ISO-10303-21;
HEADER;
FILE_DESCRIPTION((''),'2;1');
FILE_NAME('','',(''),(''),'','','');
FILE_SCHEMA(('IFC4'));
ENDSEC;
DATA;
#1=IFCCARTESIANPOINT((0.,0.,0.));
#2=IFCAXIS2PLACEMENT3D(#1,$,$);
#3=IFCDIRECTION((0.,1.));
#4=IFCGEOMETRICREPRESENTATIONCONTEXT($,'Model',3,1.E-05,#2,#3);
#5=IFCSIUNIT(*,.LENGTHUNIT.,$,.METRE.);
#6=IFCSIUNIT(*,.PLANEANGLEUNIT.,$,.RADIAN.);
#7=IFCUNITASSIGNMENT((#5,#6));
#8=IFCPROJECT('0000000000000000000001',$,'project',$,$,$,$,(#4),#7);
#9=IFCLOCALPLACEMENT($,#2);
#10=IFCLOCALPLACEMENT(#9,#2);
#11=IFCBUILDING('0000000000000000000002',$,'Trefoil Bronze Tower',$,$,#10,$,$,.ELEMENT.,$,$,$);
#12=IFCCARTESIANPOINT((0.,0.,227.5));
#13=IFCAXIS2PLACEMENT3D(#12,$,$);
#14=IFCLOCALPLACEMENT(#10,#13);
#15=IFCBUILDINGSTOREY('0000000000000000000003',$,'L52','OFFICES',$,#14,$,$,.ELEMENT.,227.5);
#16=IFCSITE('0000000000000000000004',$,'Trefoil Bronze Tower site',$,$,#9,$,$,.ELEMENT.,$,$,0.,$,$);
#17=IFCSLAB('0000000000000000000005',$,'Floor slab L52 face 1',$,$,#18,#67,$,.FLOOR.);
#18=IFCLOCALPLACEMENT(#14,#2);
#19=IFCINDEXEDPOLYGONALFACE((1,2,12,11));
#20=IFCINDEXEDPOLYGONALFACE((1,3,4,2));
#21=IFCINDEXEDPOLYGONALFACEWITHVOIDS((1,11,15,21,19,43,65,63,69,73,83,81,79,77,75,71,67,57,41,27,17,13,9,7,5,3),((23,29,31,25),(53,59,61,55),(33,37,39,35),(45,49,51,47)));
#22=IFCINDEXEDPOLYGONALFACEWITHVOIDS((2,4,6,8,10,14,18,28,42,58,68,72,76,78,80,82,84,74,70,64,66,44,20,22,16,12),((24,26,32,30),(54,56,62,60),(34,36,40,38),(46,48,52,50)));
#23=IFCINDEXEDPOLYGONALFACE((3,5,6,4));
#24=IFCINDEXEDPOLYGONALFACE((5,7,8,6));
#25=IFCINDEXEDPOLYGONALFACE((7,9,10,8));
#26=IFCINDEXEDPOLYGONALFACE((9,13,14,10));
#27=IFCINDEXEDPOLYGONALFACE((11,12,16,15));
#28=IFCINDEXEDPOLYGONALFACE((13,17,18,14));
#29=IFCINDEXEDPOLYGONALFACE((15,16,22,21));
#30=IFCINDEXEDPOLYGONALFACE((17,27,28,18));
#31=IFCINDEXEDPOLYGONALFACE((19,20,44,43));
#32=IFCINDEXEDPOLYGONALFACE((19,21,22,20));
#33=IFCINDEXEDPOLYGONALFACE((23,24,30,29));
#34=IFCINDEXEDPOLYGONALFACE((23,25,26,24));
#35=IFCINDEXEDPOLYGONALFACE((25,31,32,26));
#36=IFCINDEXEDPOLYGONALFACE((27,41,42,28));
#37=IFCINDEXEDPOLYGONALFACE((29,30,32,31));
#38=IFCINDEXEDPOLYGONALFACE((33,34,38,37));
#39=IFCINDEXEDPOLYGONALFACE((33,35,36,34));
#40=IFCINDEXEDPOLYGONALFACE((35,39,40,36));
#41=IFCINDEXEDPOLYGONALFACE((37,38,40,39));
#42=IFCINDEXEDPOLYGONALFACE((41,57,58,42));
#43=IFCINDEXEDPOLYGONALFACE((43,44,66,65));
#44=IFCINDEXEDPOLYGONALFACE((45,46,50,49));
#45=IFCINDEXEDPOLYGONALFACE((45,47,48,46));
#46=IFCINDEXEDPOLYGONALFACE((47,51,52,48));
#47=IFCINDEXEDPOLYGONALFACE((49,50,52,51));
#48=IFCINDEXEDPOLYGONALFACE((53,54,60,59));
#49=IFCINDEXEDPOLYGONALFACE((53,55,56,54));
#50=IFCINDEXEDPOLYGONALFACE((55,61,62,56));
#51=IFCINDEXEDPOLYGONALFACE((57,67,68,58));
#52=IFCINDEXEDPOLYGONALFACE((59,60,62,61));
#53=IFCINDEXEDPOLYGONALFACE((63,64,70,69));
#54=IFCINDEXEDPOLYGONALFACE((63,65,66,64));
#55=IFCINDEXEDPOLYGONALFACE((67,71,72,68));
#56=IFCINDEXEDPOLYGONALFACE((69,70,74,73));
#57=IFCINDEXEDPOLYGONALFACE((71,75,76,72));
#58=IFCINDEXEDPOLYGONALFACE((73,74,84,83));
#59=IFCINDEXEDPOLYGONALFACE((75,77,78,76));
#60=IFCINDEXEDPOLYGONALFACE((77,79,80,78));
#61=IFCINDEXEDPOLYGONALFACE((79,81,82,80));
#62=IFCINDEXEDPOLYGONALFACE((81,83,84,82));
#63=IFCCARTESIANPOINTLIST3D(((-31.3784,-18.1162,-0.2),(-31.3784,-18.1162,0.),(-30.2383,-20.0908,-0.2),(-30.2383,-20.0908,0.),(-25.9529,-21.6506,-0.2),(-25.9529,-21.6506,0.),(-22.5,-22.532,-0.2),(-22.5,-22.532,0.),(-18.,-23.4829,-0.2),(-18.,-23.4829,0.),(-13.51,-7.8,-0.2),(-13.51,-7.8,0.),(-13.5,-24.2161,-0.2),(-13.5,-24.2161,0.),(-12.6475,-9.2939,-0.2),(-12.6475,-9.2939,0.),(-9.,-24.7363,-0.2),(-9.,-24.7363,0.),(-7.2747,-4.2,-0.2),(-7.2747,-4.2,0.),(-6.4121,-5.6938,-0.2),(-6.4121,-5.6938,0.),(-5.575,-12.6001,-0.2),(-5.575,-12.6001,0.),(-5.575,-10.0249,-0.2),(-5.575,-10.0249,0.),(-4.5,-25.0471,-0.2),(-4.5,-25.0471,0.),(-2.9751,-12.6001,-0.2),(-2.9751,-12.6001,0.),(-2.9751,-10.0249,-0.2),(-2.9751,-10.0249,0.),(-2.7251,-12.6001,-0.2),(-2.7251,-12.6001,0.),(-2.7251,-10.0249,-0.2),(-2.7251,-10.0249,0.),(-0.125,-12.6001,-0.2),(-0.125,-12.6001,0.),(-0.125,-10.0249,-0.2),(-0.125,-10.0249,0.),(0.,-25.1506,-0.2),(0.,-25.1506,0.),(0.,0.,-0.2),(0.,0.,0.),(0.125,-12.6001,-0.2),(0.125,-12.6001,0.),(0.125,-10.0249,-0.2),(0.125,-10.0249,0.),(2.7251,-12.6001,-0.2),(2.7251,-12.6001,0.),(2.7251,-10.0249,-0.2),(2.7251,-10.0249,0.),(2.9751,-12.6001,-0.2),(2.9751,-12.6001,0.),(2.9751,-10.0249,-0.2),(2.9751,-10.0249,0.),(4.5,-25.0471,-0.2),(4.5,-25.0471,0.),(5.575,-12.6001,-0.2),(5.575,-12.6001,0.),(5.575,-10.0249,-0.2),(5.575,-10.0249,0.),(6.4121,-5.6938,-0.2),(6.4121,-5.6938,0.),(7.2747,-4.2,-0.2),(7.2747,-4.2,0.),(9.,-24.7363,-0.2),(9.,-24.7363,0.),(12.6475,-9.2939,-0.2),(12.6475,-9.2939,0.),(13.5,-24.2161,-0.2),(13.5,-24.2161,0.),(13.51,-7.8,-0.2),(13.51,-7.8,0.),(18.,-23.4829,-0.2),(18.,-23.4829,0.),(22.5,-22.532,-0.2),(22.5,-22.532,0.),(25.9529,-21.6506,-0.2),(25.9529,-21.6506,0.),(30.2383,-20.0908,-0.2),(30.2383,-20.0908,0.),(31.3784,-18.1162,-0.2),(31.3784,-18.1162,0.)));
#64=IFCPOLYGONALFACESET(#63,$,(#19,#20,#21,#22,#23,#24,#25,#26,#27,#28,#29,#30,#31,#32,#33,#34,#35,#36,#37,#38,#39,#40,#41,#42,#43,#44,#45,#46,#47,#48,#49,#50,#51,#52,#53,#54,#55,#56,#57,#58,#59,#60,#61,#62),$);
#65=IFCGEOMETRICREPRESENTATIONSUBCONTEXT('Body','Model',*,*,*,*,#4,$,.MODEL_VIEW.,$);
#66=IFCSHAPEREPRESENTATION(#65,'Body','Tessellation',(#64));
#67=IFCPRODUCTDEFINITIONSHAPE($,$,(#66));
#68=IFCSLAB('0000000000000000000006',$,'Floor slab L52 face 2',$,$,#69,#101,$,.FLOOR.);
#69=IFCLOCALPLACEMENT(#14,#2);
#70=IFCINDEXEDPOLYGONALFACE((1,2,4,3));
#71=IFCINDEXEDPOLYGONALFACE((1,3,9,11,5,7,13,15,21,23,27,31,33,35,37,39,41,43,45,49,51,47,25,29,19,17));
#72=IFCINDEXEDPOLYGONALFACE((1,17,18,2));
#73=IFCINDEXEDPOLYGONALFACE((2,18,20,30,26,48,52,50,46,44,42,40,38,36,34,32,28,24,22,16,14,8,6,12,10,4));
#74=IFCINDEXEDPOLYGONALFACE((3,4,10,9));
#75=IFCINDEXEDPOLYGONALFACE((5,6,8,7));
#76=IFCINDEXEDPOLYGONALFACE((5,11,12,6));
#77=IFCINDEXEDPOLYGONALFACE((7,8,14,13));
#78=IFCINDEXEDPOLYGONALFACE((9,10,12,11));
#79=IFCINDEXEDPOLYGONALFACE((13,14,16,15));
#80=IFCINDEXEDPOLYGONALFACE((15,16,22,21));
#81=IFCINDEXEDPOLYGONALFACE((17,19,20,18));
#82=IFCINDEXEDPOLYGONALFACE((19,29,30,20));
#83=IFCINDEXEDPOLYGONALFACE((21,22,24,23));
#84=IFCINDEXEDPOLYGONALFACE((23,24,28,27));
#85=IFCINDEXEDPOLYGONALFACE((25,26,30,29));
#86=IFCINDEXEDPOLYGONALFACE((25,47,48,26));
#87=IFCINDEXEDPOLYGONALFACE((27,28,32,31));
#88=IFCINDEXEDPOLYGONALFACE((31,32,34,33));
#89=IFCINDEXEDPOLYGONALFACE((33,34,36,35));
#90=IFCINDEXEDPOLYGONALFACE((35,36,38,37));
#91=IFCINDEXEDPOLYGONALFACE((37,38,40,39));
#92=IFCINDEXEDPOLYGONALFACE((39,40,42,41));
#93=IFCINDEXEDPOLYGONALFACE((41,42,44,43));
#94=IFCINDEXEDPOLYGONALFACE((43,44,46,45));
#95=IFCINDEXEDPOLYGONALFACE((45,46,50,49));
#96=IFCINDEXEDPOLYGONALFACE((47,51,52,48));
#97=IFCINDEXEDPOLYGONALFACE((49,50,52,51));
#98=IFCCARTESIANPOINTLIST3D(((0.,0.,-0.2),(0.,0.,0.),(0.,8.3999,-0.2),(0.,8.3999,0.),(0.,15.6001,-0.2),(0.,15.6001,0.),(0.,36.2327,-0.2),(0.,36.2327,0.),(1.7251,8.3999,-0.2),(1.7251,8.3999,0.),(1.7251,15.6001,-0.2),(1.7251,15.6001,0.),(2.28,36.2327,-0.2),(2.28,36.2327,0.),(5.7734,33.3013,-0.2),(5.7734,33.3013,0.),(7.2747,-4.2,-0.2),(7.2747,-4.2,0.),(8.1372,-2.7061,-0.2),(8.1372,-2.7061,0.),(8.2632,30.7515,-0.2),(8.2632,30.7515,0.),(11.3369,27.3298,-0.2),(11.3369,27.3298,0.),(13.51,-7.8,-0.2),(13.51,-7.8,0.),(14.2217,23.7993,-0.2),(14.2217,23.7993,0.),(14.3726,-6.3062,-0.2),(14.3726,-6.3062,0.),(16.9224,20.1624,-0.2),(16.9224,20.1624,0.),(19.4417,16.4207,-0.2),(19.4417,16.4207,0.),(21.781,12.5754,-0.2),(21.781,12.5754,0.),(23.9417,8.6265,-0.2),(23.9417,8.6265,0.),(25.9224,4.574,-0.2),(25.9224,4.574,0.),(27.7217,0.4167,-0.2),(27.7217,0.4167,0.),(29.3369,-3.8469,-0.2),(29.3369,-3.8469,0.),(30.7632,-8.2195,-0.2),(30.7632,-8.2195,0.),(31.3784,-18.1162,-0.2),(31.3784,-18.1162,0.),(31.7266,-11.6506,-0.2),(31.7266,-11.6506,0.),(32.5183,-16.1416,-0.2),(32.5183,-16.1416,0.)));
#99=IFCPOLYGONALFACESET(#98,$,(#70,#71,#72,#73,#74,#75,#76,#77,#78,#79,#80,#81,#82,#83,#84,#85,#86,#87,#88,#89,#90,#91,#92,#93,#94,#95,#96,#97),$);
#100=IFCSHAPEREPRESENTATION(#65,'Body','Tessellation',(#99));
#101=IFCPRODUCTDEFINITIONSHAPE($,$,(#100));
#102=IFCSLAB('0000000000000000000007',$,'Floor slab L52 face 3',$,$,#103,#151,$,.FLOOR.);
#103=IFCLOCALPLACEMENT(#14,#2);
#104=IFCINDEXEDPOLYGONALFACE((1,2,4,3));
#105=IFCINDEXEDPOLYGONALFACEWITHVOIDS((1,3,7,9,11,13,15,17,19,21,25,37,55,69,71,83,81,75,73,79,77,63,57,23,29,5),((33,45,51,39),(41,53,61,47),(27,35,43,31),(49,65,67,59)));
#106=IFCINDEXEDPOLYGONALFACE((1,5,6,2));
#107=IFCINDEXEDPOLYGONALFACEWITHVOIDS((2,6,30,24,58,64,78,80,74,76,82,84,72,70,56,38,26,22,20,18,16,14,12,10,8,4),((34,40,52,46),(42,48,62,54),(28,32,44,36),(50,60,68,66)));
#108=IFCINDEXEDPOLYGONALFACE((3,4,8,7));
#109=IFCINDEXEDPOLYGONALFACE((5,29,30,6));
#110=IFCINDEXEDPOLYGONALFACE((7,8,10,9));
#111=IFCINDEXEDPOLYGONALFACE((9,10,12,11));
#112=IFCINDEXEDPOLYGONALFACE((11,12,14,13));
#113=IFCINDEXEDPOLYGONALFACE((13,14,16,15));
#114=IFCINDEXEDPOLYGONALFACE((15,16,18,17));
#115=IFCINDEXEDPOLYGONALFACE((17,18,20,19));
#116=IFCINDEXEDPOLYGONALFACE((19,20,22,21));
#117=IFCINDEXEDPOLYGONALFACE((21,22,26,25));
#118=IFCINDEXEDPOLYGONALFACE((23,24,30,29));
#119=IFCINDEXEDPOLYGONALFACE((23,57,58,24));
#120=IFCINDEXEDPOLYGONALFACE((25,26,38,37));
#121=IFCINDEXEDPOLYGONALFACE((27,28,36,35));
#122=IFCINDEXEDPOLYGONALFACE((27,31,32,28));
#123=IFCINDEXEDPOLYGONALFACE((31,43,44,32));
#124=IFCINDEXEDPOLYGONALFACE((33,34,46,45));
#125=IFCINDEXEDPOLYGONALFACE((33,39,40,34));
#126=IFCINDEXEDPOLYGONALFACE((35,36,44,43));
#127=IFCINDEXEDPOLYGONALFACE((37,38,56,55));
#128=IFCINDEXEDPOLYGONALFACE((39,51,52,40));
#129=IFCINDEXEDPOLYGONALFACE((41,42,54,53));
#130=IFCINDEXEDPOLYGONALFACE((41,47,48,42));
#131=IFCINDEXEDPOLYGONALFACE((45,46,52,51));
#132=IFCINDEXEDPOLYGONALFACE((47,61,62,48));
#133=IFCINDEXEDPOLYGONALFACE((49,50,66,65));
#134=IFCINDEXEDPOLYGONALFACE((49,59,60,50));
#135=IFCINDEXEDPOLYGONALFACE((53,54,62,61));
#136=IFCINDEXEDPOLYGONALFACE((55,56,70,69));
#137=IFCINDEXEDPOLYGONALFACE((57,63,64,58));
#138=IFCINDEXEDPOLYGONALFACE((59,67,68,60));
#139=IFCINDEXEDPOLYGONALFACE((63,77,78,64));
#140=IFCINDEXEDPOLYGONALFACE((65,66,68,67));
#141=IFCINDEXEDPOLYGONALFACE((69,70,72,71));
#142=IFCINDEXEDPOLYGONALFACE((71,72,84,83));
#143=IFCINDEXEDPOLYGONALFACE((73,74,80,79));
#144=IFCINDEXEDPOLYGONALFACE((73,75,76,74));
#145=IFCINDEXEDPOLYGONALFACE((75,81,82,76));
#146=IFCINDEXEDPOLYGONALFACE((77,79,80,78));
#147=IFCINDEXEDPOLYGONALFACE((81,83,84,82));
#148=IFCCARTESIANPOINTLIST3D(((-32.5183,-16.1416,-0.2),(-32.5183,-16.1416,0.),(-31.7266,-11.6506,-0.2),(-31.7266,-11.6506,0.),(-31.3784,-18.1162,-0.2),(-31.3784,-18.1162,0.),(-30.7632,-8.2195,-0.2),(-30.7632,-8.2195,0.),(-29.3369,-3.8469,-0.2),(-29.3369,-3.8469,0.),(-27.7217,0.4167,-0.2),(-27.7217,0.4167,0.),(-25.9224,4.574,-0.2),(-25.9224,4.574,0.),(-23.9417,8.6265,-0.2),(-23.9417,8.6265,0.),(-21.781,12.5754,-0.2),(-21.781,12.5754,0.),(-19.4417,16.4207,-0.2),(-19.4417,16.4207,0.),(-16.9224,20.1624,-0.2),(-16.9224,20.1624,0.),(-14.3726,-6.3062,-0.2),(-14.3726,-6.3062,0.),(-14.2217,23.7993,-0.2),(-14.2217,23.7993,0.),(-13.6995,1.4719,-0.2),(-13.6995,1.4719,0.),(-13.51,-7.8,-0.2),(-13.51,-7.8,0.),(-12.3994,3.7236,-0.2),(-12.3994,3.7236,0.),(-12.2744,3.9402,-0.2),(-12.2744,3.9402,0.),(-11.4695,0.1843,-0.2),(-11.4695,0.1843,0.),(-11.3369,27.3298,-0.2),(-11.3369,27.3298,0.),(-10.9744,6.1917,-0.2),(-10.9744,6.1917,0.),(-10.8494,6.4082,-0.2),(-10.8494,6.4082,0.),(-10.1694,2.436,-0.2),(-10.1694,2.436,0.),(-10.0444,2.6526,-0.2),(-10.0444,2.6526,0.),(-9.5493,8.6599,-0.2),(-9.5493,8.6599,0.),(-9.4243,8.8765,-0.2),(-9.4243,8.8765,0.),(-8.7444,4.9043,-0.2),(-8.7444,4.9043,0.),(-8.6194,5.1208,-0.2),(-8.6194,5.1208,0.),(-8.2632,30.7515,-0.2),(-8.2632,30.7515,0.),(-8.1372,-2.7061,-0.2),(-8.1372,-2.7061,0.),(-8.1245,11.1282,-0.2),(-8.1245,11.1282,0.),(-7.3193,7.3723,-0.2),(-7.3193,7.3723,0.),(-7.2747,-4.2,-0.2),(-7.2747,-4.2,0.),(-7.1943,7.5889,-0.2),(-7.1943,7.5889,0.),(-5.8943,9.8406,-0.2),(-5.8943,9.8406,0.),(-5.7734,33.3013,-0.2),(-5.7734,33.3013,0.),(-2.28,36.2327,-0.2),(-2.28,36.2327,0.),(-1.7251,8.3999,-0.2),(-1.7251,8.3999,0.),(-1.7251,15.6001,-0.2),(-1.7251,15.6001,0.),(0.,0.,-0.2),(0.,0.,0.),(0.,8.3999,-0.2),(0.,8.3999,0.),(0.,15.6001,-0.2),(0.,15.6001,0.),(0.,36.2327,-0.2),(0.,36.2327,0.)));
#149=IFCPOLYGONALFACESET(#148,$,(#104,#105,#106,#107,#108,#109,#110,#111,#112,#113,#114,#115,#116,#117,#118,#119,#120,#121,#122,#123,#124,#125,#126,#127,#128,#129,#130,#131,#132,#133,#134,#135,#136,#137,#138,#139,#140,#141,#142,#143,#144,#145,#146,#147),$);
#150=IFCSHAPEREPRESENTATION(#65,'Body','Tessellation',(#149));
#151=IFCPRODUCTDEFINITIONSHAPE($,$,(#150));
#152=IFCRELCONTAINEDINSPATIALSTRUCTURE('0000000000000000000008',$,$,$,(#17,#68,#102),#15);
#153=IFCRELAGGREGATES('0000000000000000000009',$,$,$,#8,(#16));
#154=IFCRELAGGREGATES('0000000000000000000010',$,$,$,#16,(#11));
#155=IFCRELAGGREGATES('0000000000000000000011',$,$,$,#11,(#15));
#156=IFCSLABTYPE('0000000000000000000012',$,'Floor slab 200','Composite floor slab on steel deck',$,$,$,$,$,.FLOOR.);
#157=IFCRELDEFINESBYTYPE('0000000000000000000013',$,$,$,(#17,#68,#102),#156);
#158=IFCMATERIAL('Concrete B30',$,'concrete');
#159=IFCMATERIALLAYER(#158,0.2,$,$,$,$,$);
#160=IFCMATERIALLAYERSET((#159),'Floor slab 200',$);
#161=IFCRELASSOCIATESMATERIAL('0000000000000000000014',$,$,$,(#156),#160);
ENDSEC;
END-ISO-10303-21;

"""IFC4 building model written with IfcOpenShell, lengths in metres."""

from ifc_helpers import new_model, si_unit, direction, frame, origin, place, context, subcontext, project, spatial, polyline, outline, extrude, material, layer, layer_set, type_object, element, save


model = new_model("IFC4")

# Units and contexts
model_context = context("Model", 3, precision=1e-05, world=origin(), true_north=direction((0.0, 1.0)))
body_context = subcontext(model_context, "Body", "Model", "MODEL_VIEW")
ifc_project = project(units=[si_unit("LENGTHUNIT", "METRE"), si_unit("PLANEANGLEUNIT", "RADIAN")], contexts=[model_context])

# Site, building, storey
site_placement = place(None, origin())
site = spatial("IfcSite", under=ifc_project, at=site_placement, Name="Trefoil Bronze Tower site", CompositionType="ELEMENT", RefElevation=0.0)
building_placement = place(site_placement, origin())
building = spatial("IfcBuilding", under=site, at=building_placement, Name="Trefoil Bronze Tower", CompositionType="ELEMENT")
storey_placement = place(building_placement, frame((0.0, 0.0, 227.5)))
storey = spatial("IfcBuildingStorey", under=building, at=storey_placement, Name="L52", Description="OFFICES", CompositionType="ELEMENT", Elevation=227.5)

# Slabs
ifc_material_1 = material(Name="Concrete B30", Category="concrete")
ifc_layer_1 = layer(ifc_material_1, 0.2)
ifc_layer_set_1 = layer_set([ifc_layer_1], Name="Floor slab 200")
slab_type = type_object("IfcSlabType", Name="Floor slab 200", Description="Composite floor slab on steel deck", PredefinedType="FLOOR", material=ifc_layer_set_1)
slab_1_placement = place(storey_placement, frame((0.0, 0.0, -0.2)))
element("IfcSlab", 1, at=slab_1_placement, inside=storey, type_object=slab_type, Name="Floor slab L52 face 1", PredefinedType="FLOOR", context=body_context, shape_type="SweptSolid", body=[
    extrude(outline(polyline([(18.0, -23.4829), (13.5, -24.2161), (9.0, -24.7363), (4.5, -25.0471), (0.0, -25.1506), (-4.5, -25.0471), (-9.0, -24.7363), (-13.5, -24.2161), (-18.0, -23.4829), (-22.5, -22.532), (-25.9529, -21.6506), (-30.2383, -20.0908), (-31.3784, -18.1162), (-13.51, -7.8), (-12.6475, -9.2939), (-6.4121, -5.6938), (-7.2747, -4.2), (0.0, 0.0), (7.2747, -4.2), (6.4121, -5.6938), (12.6475, -9.2939), (13.51, -7.8), (31.3784, -18.1162), (30.2383, -20.0908), (25.9529, -21.6506), (22.5, -22.532), (18.0, -23.4829)]), holes=[polyline([(-5.575, -10.0249), (-2.9751, -10.0249), (-2.9751, -12.6001), (-5.575, -12.6001), (-5.575, -10.0249)]), polyline([(-2.7251, -10.0249), (-0.125, -10.0249), (-0.125, -12.6001), (-2.7251, -12.6001), (-2.7251, -10.0249)]), polyline([(0.125, -10.0249), (2.7251, -10.0249), (2.7251, -12.6001), (0.125, -12.6001), (0.125, -10.0249)]), polyline([(2.9751, -10.0249), (5.575, -10.0249), (5.575, -12.6001), (2.9751, -12.6001), (2.9751, -10.0249)])]), origin(), (0.0, 0.0, 1.0), 0.2),
])
slab_2_placement = place(storey_placement, frame((0.0, 0.0, -0.2)))
element("IfcSlab", 2, at=slab_2_placement, inside=storey, type_object=slab_type, Name="Floor slab L52 face 2", PredefinedType="FLOOR", context=body_context, shape_type="SweptSolid", body=[
    extrude(outline(polyline([(11.3369, 27.3298), (14.2217, 23.7993), (16.9224, 20.1624), (19.4417, 16.4207), (21.781, 12.5754), (23.9417, 8.6265), (25.9224, 4.574), (27.7217, 0.4167), (29.3369, -3.8469), (30.7632, -8.2195), (31.7266, -11.6506), (32.5183, -16.1416), (31.3784, -18.1162), (13.51, -7.8), (14.3726, -6.3062), (8.1372, -2.7061), (7.2747, -4.2), (0.0, 0.0), (0.0, 8.3999), (1.7251, 8.3999), (1.7251, 15.6001), (0.0, 15.6001), (0.0, 36.2327), (2.28, 36.2327), (5.7734, 33.3013), (8.2632, 30.7515), (11.3369, 27.3298)])), origin(), (0.0, 0.0, 1.0), 0.2),
])
slab_3_placement = place(storey_placement, frame((0.0, 0.0, -0.2)))
element("IfcSlab", 3, at=slab_3_placement, inside=storey, type_object=slab_type, Name="Floor slab L52 face 3", PredefinedType="FLOOR", context=body_context, shape_type="SweptSolid", body=[
    extrude(outline(polyline([(-29.3369, -3.8469), (-27.7217, 0.4167), (-25.9224, 4.574), (-23.9417, 8.6265), (-21.781, 12.5754), (-19.4417, 16.4207), (-16.9224, 20.1624), (-14.2217, 23.7993), (-11.3369, 27.3298), (-8.2632, 30.7515), (-5.7734, 33.3013), (-2.28, 36.2327), (0.0, 36.2327), (0.0, 15.6001), (-1.7251, 15.6001), (-1.7251, 8.3999), (0.0, 8.3999), (0.0, 0.0), (-7.2747, -4.2), (-8.1372, -2.7061), (-14.3726, -6.3062), (-13.51, -7.8), (-31.3784, -18.1162), (-32.5183, -16.1416), (-31.7266, -11.6506), (-30.7632, -8.2195), (-29.3369, -3.8469)]), holes=[polyline([(-5.8943, 9.8406), (-7.1943, 7.5889), (-9.4243, 8.8765), (-8.1245, 11.1282), (-5.8943, 9.8406)]), polyline([(-7.3193, 7.3723), (-8.6194, 5.1208), (-10.8494, 6.4082), (-9.5493, 8.6599), (-7.3193, 7.3723)]), polyline([(-8.7444, 4.9043), (-10.0444, 2.6526), (-12.2744, 3.9402), (-10.9744, 6.1917), (-8.7444, 4.9043)]), polyline([(-10.1694, 2.436), (-11.4695, 0.1843), (-13.6995, 1.4719), (-12.3994, 3.7236), (-10.1694, 2.436)])]), origin(), (0.0, 0.0, 1.0), 0.2),
])

save(model, "model.ifc")
